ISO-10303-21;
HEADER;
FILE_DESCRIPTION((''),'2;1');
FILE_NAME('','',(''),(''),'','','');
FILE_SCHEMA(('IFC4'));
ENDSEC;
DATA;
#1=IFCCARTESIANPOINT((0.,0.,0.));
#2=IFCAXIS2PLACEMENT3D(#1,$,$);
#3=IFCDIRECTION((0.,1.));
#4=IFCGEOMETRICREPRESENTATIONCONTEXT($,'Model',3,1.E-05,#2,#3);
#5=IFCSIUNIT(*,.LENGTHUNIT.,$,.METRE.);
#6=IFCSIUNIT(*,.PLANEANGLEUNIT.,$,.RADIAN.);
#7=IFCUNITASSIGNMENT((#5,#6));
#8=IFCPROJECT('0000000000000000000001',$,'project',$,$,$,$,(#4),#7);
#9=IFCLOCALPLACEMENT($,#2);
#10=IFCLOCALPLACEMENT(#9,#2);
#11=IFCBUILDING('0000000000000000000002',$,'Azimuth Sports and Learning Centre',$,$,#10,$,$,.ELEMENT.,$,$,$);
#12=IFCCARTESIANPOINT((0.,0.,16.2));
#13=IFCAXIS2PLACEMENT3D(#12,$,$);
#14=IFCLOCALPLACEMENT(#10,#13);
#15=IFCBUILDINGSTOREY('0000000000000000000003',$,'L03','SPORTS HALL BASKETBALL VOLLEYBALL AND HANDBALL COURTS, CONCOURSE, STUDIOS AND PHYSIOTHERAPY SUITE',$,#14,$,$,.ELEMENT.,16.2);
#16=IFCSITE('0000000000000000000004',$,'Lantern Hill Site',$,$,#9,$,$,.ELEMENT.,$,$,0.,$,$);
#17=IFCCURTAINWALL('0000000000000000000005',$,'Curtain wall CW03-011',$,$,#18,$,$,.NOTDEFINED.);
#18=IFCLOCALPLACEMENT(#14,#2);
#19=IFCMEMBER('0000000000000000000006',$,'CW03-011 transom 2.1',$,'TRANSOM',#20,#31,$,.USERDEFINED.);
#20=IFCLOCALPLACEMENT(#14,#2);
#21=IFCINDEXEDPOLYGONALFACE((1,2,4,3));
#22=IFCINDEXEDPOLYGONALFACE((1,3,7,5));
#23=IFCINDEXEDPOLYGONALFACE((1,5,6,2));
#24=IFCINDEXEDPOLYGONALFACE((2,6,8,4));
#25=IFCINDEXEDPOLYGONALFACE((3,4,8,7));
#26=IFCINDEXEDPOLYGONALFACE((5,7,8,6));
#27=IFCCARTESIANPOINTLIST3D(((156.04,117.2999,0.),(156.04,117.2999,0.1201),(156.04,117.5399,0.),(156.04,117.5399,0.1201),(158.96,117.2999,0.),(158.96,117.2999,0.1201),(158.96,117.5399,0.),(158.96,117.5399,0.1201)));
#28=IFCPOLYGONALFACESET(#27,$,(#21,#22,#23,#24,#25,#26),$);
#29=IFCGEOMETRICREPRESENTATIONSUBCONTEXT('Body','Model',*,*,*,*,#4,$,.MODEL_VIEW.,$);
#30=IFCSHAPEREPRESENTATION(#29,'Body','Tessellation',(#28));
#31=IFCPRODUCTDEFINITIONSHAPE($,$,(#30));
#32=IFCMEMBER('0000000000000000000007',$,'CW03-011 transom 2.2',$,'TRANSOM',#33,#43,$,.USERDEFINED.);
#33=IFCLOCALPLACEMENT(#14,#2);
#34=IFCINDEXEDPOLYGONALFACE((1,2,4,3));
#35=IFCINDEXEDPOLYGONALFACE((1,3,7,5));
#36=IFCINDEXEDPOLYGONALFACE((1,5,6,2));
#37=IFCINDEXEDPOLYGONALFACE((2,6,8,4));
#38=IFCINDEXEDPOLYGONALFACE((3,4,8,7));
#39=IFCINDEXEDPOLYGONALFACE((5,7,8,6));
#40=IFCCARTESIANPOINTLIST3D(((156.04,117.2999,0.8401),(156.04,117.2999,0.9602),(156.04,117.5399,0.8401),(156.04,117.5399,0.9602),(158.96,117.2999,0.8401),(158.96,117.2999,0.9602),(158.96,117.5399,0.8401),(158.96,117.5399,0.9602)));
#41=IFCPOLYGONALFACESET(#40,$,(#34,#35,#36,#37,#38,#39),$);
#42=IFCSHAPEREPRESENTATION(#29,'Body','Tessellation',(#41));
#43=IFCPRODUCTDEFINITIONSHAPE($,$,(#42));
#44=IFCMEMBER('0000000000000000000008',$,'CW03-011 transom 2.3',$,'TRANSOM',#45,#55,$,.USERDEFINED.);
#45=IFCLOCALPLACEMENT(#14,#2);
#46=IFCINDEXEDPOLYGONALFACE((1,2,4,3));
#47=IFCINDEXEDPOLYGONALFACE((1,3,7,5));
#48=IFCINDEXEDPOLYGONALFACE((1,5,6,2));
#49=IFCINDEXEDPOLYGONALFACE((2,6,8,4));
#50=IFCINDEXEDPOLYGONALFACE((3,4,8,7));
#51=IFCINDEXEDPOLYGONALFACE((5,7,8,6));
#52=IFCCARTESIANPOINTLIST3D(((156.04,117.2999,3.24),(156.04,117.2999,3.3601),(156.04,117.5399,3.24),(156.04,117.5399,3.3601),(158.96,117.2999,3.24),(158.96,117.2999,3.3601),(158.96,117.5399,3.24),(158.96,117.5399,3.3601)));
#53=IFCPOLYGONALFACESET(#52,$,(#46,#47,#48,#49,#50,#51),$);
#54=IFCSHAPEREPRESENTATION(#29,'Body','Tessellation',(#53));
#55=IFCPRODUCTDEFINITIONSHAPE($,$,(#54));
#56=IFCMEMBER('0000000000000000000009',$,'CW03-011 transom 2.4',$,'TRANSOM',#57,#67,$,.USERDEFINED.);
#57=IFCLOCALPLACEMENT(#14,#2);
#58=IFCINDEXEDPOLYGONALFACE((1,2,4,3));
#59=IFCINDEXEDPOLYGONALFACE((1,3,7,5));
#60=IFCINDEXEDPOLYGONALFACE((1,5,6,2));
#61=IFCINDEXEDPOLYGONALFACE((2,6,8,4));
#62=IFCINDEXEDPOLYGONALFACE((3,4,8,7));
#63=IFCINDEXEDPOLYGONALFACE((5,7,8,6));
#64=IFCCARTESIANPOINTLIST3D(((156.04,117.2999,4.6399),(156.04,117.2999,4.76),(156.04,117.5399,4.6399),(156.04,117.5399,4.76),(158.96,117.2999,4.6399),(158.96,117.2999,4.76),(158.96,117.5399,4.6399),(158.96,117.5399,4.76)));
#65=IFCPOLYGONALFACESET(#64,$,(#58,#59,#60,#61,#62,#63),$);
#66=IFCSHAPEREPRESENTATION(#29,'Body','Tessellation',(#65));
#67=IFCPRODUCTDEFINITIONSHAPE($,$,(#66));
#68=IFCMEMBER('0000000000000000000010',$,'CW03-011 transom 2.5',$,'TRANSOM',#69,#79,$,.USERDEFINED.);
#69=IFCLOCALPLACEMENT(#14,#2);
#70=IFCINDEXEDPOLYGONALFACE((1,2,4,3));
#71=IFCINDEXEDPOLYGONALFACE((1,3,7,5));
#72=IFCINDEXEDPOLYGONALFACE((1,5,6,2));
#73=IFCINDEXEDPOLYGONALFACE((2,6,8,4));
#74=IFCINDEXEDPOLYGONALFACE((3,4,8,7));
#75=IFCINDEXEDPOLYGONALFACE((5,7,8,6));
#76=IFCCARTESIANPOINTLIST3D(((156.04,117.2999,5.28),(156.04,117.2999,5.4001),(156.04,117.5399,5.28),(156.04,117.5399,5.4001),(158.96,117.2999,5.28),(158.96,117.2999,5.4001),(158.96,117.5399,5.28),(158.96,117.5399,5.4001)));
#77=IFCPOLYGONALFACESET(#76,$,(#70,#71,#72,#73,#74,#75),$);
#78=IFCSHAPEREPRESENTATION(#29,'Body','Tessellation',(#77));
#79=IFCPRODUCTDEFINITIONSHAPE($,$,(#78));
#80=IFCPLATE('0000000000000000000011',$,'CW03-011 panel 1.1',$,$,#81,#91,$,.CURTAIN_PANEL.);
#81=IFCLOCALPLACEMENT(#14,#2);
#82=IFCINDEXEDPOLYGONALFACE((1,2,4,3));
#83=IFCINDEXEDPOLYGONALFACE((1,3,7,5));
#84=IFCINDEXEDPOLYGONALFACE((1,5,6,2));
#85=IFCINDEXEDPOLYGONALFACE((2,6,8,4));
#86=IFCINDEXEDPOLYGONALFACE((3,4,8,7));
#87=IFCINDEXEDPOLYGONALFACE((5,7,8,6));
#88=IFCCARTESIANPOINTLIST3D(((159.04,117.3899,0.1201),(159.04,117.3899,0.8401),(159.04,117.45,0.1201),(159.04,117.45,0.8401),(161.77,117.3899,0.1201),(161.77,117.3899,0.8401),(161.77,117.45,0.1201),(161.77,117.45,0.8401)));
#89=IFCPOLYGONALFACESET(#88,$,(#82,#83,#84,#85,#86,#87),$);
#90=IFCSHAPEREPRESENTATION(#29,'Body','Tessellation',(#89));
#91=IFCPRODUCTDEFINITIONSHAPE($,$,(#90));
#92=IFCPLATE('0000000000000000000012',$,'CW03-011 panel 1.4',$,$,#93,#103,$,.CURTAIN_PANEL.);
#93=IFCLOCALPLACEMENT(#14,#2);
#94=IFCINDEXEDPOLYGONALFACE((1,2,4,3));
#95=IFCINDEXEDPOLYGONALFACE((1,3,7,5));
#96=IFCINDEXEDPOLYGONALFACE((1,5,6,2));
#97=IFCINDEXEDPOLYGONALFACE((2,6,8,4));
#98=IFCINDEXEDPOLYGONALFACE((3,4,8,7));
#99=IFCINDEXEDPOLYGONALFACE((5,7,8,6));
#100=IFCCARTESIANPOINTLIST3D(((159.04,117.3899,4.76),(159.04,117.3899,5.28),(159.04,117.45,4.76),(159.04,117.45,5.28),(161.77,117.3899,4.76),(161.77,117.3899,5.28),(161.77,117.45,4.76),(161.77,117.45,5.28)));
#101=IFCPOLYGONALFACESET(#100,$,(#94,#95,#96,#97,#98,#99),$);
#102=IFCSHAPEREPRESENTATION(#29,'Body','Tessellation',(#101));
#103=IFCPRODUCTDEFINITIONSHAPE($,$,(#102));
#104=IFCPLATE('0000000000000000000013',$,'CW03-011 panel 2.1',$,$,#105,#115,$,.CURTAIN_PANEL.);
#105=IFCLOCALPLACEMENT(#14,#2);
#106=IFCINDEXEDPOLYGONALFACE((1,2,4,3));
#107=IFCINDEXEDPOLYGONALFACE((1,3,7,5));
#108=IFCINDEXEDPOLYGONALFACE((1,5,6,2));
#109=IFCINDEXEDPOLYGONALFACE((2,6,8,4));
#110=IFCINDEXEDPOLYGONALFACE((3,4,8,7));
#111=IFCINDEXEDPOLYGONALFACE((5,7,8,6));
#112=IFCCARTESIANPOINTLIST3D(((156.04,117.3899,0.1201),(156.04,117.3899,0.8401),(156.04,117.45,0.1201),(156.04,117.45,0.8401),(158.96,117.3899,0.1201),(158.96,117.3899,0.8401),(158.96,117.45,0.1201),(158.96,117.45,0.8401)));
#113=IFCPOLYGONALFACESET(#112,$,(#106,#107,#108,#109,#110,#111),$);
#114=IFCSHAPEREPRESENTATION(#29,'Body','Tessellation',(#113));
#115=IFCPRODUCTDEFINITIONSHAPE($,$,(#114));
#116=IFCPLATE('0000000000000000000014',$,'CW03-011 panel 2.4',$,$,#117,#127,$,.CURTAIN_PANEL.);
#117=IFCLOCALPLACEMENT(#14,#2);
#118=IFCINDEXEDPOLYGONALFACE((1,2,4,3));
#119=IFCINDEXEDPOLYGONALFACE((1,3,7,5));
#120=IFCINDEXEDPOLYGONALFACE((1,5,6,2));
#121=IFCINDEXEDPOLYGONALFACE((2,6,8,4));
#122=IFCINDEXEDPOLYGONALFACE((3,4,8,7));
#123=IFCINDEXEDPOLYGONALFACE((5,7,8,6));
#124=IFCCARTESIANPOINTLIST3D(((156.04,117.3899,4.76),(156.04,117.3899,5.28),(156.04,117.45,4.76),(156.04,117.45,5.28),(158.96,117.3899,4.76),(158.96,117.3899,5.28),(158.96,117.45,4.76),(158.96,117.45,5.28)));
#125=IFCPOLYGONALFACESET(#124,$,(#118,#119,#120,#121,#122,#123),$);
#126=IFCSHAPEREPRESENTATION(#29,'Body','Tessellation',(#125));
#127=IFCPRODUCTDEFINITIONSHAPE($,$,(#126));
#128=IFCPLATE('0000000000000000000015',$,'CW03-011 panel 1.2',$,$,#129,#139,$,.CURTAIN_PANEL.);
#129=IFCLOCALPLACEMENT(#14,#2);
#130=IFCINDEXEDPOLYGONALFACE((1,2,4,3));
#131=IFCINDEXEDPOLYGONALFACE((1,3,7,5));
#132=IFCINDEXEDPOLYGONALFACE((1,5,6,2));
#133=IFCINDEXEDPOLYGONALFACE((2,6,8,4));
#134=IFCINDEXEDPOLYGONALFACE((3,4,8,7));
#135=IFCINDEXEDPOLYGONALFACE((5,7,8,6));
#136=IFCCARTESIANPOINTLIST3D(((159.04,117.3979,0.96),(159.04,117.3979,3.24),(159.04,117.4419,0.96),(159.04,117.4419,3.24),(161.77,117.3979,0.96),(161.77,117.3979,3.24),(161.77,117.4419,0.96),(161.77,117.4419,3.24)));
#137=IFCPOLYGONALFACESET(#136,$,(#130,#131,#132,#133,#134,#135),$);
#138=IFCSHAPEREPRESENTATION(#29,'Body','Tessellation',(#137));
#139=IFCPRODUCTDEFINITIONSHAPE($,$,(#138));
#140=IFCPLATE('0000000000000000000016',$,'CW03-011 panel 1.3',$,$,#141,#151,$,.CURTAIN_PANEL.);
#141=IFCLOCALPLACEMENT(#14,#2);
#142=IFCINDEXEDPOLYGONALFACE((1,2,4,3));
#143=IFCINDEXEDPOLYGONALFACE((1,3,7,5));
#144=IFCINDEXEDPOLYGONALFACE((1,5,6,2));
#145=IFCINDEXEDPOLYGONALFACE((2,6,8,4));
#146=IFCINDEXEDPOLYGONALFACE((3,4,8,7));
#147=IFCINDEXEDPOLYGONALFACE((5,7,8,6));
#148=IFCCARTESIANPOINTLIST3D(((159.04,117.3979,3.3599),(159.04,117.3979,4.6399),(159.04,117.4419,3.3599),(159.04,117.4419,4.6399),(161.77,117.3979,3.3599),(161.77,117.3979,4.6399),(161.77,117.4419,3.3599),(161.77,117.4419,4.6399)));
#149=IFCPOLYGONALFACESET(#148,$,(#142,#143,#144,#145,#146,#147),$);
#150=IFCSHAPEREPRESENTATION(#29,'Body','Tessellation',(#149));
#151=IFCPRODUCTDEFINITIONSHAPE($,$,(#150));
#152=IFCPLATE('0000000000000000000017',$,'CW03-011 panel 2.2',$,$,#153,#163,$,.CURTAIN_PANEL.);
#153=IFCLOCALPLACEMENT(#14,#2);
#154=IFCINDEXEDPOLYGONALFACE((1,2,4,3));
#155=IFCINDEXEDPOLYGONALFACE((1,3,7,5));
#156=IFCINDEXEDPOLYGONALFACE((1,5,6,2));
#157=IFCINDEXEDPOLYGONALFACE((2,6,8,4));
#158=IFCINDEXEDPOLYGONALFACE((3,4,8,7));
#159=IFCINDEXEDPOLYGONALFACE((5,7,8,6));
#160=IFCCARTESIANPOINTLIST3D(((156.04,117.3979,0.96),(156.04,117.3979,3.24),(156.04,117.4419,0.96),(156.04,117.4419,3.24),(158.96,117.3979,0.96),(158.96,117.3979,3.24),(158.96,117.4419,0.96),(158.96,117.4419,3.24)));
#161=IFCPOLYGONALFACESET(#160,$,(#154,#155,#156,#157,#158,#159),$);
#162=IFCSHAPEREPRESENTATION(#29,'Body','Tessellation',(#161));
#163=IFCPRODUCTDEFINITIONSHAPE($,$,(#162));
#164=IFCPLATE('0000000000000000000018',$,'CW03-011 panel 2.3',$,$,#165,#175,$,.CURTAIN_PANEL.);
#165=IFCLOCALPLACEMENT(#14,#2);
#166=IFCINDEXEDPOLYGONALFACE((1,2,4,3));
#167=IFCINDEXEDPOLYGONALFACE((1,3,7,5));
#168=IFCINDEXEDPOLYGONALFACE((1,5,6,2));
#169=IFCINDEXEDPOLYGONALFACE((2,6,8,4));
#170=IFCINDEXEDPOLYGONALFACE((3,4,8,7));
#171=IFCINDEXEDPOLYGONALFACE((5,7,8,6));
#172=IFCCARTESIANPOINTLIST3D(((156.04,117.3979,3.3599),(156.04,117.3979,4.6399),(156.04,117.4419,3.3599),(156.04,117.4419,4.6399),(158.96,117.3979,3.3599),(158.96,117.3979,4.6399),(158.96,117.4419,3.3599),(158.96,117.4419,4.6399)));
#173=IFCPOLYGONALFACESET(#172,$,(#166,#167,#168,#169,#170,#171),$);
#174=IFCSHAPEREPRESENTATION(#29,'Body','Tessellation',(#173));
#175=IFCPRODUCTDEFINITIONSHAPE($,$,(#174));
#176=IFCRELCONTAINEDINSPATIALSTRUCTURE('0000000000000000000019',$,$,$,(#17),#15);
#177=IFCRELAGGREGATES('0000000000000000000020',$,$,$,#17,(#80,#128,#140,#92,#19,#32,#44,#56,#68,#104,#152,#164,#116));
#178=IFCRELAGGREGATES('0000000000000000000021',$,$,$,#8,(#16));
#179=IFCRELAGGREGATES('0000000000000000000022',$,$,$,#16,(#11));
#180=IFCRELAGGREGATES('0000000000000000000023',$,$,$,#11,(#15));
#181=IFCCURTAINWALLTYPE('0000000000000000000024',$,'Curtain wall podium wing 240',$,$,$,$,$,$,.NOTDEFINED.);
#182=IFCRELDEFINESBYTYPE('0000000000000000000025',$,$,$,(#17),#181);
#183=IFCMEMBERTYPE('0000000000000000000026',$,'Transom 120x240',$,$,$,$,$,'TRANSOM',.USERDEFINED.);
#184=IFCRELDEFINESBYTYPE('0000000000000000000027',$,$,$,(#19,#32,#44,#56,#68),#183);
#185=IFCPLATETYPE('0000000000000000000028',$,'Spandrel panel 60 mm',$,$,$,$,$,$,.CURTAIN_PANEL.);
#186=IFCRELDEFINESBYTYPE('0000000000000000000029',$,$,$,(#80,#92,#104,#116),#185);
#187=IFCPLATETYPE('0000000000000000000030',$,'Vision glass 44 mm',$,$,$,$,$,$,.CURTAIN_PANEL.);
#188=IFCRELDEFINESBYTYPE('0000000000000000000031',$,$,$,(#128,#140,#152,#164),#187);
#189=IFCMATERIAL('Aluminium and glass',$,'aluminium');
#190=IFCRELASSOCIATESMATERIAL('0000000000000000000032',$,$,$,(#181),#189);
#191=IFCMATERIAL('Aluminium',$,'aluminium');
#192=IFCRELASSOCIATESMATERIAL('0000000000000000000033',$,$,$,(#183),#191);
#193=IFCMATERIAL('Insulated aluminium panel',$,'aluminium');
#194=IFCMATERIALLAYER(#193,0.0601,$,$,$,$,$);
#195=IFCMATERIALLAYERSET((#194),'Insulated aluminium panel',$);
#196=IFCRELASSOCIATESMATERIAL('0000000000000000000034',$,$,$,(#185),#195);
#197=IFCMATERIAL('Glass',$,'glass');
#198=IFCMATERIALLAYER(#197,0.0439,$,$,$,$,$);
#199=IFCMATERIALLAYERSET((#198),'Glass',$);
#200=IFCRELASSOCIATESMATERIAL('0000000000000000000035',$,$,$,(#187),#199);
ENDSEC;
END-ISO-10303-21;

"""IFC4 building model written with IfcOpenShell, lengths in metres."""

from ifc_helpers import new_model, si_unit, direction, frame, origin, origin_2d, place, context, subcontext, project, spatial, rectangle, extrude, material, layer, layer_set, material_profile, profile_set, type_object, element, aggregate, save


model = new_model("IFC4")

# Units and contexts
model_context = context("Model", 3, precision=1e-05, world=origin(), true_north=direction((0.0, 1.0)))
body_context = subcontext(model_context, "Body", "Model", "MODEL_VIEW")
ifc_project = project(units=[si_unit("LENGTHUNIT", "METRE"), si_unit("PLANEANGLEUNIT", "RADIAN")], contexts=[model_context])

# Site, building, storey
site_placement = place(None, origin())
site = spatial("IfcSite", under=ifc_project, at=site_placement, Name="Lantern Hill Site", CompositionType="ELEMENT", RefElevation=0.0)
building_placement = place(site_placement, origin())
building = spatial("IfcBuilding", under=site, at=building_placement, Name="Azimuth Sports and Learning Centre", CompositionType="ELEMENT")
storey_placement = place(building_placement, frame((0.0, 0.0, 16.2)))
storey = spatial("IfcBuildingStorey", under=building, at=storey_placement, Name="L03", Description="SPORTS HALL BASKETBALL VOLLEYBALL AND HANDBALL COURTS, CONCOURSE, STUDIOS AND PHYSIOTHERAPY SUITE", CompositionType="ELEMENT", Elevation=16.2)

# Curtain wall, members, plates
ifc_material_1 = material(Name="Aluminium and glass", Category="aluminium")
curtain_wall_type = type_object("IfcCurtainWallType", Name="Curtain wall podium wing 240", PredefinedType="NOTDEFINED", material=ifc_material_1)
curtain_wall_placement = place(storey_placement, origin())
curtain_wall = element("IfcCurtainWall", 1, at=curtain_wall_placement, inside=storey, type_object=curtain_wall_type, Name="Curtain wall CW03-011", PredefinedType="NOTDEFINED")
ifc_material_2 = material(Name="Aluminium", Category="aluminium")
ifc_material_profile_1 = material_profile(ifc_material_2, rectangle(XDim=0.24, YDim=0.1201, at=origin_2d()), Name="Transom 120x240")
ifc_profile_set_1 = profile_set([ifc_material_profile_1], Name="Aluminium")
member_type_1 = type_object("IfcMemberType", Name="Transom 120x240", ElementType="TRANSOM", PredefinedType="USERDEFINED", material=ifc_profile_set_1)
member_1_placement = place(storey_placement, frame((158.96, 117.4199, 0.0601), z_axis=(-1.0, 0.0, 0.0), x_axis=(0.0, -1.0, 0.0)))
member_1 = element("IfcMember", 2, at=member_1_placement, type_object=member_type_1, Name="CW03-011 transom 2.1", ObjectType="TRANSOM", PredefinedType="USERDEFINED", context=body_context, shape_type="SweptSolid", body=[
    extrude(rectangle(XDim=0.24, YDim=0.1201, at=origin_2d()), origin(), (0.0, 0.0, 1.0), 2.9199),
])
member_2_placement = place(storey_placement, frame((158.96, 117.4199, 0.9001), z_axis=(-1.0, 0.0, 0.0), x_axis=(0.0, -1.0, 0.0)))
member_2 = element("IfcMember", 3, at=member_2_placement, type_object=member_type_1, Name="CW03-011 transom 2.2", ObjectType="TRANSOM", PredefinedType="USERDEFINED", context=body_context, shape_type="SweptSolid", body=[
    extrude(rectangle(XDim=0.24, YDim=0.1201, at=origin_2d()), origin(), (0.0, 0.0, 1.0), 2.9199),
])
member_3_placement = place(storey_placement, frame((158.96, 117.4199, 3.3), z_axis=(-1.0, 0.0, 0.0), x_axis=(0.0, -1.0, 0.0)))
member_3 = element("IfcMember", 4, at=member_3_placement, type_object=member_type_1, Name="CW03-011 transom 2.3", ObjectType="TRANSOM", PredefinedType="USERDEFINED", context=body_context, shape_type="SweptSolid", body=[
    extrude(rectangle(XDim=0.24, YDim=0.1201, at=origin_2d()), origin(), (0.0, 0.0, 1.0), 2.9199),
])
member_4_placement = place(storey_placement, frame((158.96, 117.4199, 4.7), z_axis=(-1.0, 0.0, 0.0), x_axis=(0.0, -1.0, 0.0)))
member_4 = element("IfcMember", 5, at=member_4_placement, type_object=member_type_1, Name="CW03-011 transom 2.4", ObjectType="TRANSOM", PredefinedType="USERDEFINED", context=body_context, shape_type="SweptSolid", body=[
    extrude(rectangle(XDim=0.24, YDim=0.1201, at=origin_2d()), origin(), (0.0, 0.0, 1.0), 2.9199),
])
member_5_placement = place(storey_placement, frame((158.96, 117.4199, 5.3401), z_axis=(-1.0, 0.0, 0.0), x_axis=(0.0, -1.0, 0.0)))
member_5 = element("IfcMember", 6, at=member_5_placement, type_object=member_type_1, Name="CW03-011 transom 2.5", ObjectType="TRANSOM", PredefinedType="USERDEFINED", context=body_context, shape_type="SweptSolid", body=[
    extrude(rectangle(XDim=0.24, YDim=0.1201, at=origin_2d()), origin(), (0.0, 0.0, 1.0), 2.9199),
])
ifc_material_3 = material(Name="Insulated aluminium panel", Category="aluminium")
ifc_layer_1 = layer(ifc_material_3, 0.0601)
ifc_layer_set_1 = layer_set([ifc_layer_1], Name="Insulated aluminium panel")
plate_type_1 = type_object("IfcPlateType", Name="Spandrel panel 60 mm", PredefinedType="CURTAIN_PANEL", material=ifc_layer_set_1)
plate_1_placement = place(storey_placement, frame((160.405, 117.4199, 0.1201), z_axis=(0.0, 0.0, 1.0), x_axis=(-1.0, 0.0, 0.0)))
plate_1 = element("IfcPlate", 7, at=plate_1_placement, type_object=plate_type_1, Name="CW03-011 panel 1.1", PredefinedType="CURTAIN_PANEL", context=body_context, shape_type="SweptSolid", body=[
    extrude(rectangle(XDim=2.73, YDim=0.0601, at=origin_2d()), origin(), (0.0, 0.0, 1.0), 0.72),
])
plate_2_placement = place(storey_placement, frame((160.405, 117.4199, 4.76), z_axis=(0.0, 0.0, 1.0), x_axis=(-1.0, 0.0, 0.0)))
plate_2 = element("IfcPlate", 8, at=plate_2_placement, type_object=plate_type_1, Name="CW03-011 panel 1.4", PredefinedType="CURTAIN_PANEL", context=body_context, shape_type="SweptSolid", body=[
    extrude(rectangle(XDim=2.73, YDim=0.0601, at=origin_2d()), origin(), (0.0, 0.0, 1.0), 0.52),
])
plate_3_placement = place(storey_placement, frame((157.5, 117.4199, 0.1201), z_axis=(0.0, 0.0, 1.0), x_axis=(-1.0, 0.0, 0.0)))
plate_3 = element("IfcPlate", 9, at=plate_3_placement, type_object=plate_type_1, Name="CW03-011 panel 2.1", PredefinedType="CURTAIN_PANEL", context=body_context, shape_type="SweptSolid", body=[
    extrude(rectangle(XDim=2.9199, YDim=0.0601, at=origin_2d()), origin(), (0.0, 0.0, 1.0), 0.72),
])
plate_4_placement = place(storey_placement, frame((157.5, 117.4199, 4.76), z_axis=(0.0, 0.0, 1.0), x_axis=(-1.0, 0.0, 0.0)))
plate_4 = element("IfcPlate", 10, at=plate_4_placement, type_object=plate_type_1, Name="CW03-011 panel 2.4", PredefinedType="CURTAIN_PANEL", context=body_context, shape_type="SweptSolid", body=[
    extrude(rectangle(XDim=2.9199, YDim=0.0601, at=origin_2d()), origin(), (0.0, 0.0, 1.0), 0.52),
])
ifc_material_4 = material(Name="Glass", Category="glass")
ifc_layer_2 = layer(ifc_material_4, 0.0439)
ifc_layer_set_2 = layer_set([ifc_layer_2], Name="Glass")
plate_type_2 = type_object("IfcPlateType", Name="Vision glass 44 mm", PredefinedType="CURTAIN_PANEL", material=ifc_layer_set_2)
plate_5_placement = place(storey_placement, frame((160.405, 117.4199, 0.96), z_axis=(0.0, 0.0, 1.0), x_axis=(-1.0, 0.0, 0.0)))
plate_5 = element("IfcPlate", 11, at=plate_5_placement, type_object=plate_type_2, Name="CW03-011 panel 1.2", PredefinedType="CURTAIN_PANEL", context=body_context, shape_type="SweptSolid", body=[
    extrude(rectangle(XDim=2.73, YDim=0.0439, at=origin_2d()), origin(), (0.0, 0.0, 1.0), 2.28),
])
plate_6_placement = place(storey_placement, frame((160.405, 117.4199, 3.3599), z_axis=(0.0, 0.0, 1.0), x_axis=(-1.0, 0.0, 0.0)))
plate_6 = element("IfcPlate", 12, at=plate_6_placement, type_object=plate_type_2, Name="CW03-011 panel 1.3", PredefinedType="CURTAIN_PANEL", context=body_context, shape_type="SweptSolid", body=[
    extrude(rectangle(XDim=2.73, YDim=0.0439, at=origin_2d()), origin(), (0.0, 0.0, 1.0), 1.28),
])
plate_7_placement = place(storey_placement, frame((157.5, 117.4199, 0.96), z_axis=(0.0, 0.0, 1.0), x_axis=(-1.0, 0.0, 0.0)))
plate_7 = element("IfcPlate", 13, at=plate_7_placement, type_object=plate_type_2, Name="CW03-011 panel 2.2", PredefinedType="CURTAIN_PANEL", context=body_context, shape_type="SweptSolid", body=[
    extrude(rectangle(XDim=2.9199, YDim=0.0439, at=origin_2d()), origin(), (0.0, 0.0, 1.0), 2.28),
])
plate_8_placement = place(storey_placement, frame((157.5, 117.4199, 3.3599), z_axis=(0.0, 0.0, 1.0), x_axis=(-1.0, 0.0, 0.0)))
plate_8 = element("IfcPlate", 14, at=plate_8_placement, type_object=plate_type_2, Name="CW03-011 panel 2.3", PredefinedType="CURTAIN_PANEL", context=body_context, shape_type="SweptSolid", body=[
    extrude(rectangle(XDim=2.9199, YDim=0.0439, at=origin_2d()), origin(), (0.0, 0.0, 1.0), 1.28),
])
aggregate(curtain_wall, [plate_1, plate_5, plate_6, plate_2, member_1, member_2, member_3, member_4, member_5, plate_3, plate_7, plate_8, plate_4])

save(model, "model.ifc")
